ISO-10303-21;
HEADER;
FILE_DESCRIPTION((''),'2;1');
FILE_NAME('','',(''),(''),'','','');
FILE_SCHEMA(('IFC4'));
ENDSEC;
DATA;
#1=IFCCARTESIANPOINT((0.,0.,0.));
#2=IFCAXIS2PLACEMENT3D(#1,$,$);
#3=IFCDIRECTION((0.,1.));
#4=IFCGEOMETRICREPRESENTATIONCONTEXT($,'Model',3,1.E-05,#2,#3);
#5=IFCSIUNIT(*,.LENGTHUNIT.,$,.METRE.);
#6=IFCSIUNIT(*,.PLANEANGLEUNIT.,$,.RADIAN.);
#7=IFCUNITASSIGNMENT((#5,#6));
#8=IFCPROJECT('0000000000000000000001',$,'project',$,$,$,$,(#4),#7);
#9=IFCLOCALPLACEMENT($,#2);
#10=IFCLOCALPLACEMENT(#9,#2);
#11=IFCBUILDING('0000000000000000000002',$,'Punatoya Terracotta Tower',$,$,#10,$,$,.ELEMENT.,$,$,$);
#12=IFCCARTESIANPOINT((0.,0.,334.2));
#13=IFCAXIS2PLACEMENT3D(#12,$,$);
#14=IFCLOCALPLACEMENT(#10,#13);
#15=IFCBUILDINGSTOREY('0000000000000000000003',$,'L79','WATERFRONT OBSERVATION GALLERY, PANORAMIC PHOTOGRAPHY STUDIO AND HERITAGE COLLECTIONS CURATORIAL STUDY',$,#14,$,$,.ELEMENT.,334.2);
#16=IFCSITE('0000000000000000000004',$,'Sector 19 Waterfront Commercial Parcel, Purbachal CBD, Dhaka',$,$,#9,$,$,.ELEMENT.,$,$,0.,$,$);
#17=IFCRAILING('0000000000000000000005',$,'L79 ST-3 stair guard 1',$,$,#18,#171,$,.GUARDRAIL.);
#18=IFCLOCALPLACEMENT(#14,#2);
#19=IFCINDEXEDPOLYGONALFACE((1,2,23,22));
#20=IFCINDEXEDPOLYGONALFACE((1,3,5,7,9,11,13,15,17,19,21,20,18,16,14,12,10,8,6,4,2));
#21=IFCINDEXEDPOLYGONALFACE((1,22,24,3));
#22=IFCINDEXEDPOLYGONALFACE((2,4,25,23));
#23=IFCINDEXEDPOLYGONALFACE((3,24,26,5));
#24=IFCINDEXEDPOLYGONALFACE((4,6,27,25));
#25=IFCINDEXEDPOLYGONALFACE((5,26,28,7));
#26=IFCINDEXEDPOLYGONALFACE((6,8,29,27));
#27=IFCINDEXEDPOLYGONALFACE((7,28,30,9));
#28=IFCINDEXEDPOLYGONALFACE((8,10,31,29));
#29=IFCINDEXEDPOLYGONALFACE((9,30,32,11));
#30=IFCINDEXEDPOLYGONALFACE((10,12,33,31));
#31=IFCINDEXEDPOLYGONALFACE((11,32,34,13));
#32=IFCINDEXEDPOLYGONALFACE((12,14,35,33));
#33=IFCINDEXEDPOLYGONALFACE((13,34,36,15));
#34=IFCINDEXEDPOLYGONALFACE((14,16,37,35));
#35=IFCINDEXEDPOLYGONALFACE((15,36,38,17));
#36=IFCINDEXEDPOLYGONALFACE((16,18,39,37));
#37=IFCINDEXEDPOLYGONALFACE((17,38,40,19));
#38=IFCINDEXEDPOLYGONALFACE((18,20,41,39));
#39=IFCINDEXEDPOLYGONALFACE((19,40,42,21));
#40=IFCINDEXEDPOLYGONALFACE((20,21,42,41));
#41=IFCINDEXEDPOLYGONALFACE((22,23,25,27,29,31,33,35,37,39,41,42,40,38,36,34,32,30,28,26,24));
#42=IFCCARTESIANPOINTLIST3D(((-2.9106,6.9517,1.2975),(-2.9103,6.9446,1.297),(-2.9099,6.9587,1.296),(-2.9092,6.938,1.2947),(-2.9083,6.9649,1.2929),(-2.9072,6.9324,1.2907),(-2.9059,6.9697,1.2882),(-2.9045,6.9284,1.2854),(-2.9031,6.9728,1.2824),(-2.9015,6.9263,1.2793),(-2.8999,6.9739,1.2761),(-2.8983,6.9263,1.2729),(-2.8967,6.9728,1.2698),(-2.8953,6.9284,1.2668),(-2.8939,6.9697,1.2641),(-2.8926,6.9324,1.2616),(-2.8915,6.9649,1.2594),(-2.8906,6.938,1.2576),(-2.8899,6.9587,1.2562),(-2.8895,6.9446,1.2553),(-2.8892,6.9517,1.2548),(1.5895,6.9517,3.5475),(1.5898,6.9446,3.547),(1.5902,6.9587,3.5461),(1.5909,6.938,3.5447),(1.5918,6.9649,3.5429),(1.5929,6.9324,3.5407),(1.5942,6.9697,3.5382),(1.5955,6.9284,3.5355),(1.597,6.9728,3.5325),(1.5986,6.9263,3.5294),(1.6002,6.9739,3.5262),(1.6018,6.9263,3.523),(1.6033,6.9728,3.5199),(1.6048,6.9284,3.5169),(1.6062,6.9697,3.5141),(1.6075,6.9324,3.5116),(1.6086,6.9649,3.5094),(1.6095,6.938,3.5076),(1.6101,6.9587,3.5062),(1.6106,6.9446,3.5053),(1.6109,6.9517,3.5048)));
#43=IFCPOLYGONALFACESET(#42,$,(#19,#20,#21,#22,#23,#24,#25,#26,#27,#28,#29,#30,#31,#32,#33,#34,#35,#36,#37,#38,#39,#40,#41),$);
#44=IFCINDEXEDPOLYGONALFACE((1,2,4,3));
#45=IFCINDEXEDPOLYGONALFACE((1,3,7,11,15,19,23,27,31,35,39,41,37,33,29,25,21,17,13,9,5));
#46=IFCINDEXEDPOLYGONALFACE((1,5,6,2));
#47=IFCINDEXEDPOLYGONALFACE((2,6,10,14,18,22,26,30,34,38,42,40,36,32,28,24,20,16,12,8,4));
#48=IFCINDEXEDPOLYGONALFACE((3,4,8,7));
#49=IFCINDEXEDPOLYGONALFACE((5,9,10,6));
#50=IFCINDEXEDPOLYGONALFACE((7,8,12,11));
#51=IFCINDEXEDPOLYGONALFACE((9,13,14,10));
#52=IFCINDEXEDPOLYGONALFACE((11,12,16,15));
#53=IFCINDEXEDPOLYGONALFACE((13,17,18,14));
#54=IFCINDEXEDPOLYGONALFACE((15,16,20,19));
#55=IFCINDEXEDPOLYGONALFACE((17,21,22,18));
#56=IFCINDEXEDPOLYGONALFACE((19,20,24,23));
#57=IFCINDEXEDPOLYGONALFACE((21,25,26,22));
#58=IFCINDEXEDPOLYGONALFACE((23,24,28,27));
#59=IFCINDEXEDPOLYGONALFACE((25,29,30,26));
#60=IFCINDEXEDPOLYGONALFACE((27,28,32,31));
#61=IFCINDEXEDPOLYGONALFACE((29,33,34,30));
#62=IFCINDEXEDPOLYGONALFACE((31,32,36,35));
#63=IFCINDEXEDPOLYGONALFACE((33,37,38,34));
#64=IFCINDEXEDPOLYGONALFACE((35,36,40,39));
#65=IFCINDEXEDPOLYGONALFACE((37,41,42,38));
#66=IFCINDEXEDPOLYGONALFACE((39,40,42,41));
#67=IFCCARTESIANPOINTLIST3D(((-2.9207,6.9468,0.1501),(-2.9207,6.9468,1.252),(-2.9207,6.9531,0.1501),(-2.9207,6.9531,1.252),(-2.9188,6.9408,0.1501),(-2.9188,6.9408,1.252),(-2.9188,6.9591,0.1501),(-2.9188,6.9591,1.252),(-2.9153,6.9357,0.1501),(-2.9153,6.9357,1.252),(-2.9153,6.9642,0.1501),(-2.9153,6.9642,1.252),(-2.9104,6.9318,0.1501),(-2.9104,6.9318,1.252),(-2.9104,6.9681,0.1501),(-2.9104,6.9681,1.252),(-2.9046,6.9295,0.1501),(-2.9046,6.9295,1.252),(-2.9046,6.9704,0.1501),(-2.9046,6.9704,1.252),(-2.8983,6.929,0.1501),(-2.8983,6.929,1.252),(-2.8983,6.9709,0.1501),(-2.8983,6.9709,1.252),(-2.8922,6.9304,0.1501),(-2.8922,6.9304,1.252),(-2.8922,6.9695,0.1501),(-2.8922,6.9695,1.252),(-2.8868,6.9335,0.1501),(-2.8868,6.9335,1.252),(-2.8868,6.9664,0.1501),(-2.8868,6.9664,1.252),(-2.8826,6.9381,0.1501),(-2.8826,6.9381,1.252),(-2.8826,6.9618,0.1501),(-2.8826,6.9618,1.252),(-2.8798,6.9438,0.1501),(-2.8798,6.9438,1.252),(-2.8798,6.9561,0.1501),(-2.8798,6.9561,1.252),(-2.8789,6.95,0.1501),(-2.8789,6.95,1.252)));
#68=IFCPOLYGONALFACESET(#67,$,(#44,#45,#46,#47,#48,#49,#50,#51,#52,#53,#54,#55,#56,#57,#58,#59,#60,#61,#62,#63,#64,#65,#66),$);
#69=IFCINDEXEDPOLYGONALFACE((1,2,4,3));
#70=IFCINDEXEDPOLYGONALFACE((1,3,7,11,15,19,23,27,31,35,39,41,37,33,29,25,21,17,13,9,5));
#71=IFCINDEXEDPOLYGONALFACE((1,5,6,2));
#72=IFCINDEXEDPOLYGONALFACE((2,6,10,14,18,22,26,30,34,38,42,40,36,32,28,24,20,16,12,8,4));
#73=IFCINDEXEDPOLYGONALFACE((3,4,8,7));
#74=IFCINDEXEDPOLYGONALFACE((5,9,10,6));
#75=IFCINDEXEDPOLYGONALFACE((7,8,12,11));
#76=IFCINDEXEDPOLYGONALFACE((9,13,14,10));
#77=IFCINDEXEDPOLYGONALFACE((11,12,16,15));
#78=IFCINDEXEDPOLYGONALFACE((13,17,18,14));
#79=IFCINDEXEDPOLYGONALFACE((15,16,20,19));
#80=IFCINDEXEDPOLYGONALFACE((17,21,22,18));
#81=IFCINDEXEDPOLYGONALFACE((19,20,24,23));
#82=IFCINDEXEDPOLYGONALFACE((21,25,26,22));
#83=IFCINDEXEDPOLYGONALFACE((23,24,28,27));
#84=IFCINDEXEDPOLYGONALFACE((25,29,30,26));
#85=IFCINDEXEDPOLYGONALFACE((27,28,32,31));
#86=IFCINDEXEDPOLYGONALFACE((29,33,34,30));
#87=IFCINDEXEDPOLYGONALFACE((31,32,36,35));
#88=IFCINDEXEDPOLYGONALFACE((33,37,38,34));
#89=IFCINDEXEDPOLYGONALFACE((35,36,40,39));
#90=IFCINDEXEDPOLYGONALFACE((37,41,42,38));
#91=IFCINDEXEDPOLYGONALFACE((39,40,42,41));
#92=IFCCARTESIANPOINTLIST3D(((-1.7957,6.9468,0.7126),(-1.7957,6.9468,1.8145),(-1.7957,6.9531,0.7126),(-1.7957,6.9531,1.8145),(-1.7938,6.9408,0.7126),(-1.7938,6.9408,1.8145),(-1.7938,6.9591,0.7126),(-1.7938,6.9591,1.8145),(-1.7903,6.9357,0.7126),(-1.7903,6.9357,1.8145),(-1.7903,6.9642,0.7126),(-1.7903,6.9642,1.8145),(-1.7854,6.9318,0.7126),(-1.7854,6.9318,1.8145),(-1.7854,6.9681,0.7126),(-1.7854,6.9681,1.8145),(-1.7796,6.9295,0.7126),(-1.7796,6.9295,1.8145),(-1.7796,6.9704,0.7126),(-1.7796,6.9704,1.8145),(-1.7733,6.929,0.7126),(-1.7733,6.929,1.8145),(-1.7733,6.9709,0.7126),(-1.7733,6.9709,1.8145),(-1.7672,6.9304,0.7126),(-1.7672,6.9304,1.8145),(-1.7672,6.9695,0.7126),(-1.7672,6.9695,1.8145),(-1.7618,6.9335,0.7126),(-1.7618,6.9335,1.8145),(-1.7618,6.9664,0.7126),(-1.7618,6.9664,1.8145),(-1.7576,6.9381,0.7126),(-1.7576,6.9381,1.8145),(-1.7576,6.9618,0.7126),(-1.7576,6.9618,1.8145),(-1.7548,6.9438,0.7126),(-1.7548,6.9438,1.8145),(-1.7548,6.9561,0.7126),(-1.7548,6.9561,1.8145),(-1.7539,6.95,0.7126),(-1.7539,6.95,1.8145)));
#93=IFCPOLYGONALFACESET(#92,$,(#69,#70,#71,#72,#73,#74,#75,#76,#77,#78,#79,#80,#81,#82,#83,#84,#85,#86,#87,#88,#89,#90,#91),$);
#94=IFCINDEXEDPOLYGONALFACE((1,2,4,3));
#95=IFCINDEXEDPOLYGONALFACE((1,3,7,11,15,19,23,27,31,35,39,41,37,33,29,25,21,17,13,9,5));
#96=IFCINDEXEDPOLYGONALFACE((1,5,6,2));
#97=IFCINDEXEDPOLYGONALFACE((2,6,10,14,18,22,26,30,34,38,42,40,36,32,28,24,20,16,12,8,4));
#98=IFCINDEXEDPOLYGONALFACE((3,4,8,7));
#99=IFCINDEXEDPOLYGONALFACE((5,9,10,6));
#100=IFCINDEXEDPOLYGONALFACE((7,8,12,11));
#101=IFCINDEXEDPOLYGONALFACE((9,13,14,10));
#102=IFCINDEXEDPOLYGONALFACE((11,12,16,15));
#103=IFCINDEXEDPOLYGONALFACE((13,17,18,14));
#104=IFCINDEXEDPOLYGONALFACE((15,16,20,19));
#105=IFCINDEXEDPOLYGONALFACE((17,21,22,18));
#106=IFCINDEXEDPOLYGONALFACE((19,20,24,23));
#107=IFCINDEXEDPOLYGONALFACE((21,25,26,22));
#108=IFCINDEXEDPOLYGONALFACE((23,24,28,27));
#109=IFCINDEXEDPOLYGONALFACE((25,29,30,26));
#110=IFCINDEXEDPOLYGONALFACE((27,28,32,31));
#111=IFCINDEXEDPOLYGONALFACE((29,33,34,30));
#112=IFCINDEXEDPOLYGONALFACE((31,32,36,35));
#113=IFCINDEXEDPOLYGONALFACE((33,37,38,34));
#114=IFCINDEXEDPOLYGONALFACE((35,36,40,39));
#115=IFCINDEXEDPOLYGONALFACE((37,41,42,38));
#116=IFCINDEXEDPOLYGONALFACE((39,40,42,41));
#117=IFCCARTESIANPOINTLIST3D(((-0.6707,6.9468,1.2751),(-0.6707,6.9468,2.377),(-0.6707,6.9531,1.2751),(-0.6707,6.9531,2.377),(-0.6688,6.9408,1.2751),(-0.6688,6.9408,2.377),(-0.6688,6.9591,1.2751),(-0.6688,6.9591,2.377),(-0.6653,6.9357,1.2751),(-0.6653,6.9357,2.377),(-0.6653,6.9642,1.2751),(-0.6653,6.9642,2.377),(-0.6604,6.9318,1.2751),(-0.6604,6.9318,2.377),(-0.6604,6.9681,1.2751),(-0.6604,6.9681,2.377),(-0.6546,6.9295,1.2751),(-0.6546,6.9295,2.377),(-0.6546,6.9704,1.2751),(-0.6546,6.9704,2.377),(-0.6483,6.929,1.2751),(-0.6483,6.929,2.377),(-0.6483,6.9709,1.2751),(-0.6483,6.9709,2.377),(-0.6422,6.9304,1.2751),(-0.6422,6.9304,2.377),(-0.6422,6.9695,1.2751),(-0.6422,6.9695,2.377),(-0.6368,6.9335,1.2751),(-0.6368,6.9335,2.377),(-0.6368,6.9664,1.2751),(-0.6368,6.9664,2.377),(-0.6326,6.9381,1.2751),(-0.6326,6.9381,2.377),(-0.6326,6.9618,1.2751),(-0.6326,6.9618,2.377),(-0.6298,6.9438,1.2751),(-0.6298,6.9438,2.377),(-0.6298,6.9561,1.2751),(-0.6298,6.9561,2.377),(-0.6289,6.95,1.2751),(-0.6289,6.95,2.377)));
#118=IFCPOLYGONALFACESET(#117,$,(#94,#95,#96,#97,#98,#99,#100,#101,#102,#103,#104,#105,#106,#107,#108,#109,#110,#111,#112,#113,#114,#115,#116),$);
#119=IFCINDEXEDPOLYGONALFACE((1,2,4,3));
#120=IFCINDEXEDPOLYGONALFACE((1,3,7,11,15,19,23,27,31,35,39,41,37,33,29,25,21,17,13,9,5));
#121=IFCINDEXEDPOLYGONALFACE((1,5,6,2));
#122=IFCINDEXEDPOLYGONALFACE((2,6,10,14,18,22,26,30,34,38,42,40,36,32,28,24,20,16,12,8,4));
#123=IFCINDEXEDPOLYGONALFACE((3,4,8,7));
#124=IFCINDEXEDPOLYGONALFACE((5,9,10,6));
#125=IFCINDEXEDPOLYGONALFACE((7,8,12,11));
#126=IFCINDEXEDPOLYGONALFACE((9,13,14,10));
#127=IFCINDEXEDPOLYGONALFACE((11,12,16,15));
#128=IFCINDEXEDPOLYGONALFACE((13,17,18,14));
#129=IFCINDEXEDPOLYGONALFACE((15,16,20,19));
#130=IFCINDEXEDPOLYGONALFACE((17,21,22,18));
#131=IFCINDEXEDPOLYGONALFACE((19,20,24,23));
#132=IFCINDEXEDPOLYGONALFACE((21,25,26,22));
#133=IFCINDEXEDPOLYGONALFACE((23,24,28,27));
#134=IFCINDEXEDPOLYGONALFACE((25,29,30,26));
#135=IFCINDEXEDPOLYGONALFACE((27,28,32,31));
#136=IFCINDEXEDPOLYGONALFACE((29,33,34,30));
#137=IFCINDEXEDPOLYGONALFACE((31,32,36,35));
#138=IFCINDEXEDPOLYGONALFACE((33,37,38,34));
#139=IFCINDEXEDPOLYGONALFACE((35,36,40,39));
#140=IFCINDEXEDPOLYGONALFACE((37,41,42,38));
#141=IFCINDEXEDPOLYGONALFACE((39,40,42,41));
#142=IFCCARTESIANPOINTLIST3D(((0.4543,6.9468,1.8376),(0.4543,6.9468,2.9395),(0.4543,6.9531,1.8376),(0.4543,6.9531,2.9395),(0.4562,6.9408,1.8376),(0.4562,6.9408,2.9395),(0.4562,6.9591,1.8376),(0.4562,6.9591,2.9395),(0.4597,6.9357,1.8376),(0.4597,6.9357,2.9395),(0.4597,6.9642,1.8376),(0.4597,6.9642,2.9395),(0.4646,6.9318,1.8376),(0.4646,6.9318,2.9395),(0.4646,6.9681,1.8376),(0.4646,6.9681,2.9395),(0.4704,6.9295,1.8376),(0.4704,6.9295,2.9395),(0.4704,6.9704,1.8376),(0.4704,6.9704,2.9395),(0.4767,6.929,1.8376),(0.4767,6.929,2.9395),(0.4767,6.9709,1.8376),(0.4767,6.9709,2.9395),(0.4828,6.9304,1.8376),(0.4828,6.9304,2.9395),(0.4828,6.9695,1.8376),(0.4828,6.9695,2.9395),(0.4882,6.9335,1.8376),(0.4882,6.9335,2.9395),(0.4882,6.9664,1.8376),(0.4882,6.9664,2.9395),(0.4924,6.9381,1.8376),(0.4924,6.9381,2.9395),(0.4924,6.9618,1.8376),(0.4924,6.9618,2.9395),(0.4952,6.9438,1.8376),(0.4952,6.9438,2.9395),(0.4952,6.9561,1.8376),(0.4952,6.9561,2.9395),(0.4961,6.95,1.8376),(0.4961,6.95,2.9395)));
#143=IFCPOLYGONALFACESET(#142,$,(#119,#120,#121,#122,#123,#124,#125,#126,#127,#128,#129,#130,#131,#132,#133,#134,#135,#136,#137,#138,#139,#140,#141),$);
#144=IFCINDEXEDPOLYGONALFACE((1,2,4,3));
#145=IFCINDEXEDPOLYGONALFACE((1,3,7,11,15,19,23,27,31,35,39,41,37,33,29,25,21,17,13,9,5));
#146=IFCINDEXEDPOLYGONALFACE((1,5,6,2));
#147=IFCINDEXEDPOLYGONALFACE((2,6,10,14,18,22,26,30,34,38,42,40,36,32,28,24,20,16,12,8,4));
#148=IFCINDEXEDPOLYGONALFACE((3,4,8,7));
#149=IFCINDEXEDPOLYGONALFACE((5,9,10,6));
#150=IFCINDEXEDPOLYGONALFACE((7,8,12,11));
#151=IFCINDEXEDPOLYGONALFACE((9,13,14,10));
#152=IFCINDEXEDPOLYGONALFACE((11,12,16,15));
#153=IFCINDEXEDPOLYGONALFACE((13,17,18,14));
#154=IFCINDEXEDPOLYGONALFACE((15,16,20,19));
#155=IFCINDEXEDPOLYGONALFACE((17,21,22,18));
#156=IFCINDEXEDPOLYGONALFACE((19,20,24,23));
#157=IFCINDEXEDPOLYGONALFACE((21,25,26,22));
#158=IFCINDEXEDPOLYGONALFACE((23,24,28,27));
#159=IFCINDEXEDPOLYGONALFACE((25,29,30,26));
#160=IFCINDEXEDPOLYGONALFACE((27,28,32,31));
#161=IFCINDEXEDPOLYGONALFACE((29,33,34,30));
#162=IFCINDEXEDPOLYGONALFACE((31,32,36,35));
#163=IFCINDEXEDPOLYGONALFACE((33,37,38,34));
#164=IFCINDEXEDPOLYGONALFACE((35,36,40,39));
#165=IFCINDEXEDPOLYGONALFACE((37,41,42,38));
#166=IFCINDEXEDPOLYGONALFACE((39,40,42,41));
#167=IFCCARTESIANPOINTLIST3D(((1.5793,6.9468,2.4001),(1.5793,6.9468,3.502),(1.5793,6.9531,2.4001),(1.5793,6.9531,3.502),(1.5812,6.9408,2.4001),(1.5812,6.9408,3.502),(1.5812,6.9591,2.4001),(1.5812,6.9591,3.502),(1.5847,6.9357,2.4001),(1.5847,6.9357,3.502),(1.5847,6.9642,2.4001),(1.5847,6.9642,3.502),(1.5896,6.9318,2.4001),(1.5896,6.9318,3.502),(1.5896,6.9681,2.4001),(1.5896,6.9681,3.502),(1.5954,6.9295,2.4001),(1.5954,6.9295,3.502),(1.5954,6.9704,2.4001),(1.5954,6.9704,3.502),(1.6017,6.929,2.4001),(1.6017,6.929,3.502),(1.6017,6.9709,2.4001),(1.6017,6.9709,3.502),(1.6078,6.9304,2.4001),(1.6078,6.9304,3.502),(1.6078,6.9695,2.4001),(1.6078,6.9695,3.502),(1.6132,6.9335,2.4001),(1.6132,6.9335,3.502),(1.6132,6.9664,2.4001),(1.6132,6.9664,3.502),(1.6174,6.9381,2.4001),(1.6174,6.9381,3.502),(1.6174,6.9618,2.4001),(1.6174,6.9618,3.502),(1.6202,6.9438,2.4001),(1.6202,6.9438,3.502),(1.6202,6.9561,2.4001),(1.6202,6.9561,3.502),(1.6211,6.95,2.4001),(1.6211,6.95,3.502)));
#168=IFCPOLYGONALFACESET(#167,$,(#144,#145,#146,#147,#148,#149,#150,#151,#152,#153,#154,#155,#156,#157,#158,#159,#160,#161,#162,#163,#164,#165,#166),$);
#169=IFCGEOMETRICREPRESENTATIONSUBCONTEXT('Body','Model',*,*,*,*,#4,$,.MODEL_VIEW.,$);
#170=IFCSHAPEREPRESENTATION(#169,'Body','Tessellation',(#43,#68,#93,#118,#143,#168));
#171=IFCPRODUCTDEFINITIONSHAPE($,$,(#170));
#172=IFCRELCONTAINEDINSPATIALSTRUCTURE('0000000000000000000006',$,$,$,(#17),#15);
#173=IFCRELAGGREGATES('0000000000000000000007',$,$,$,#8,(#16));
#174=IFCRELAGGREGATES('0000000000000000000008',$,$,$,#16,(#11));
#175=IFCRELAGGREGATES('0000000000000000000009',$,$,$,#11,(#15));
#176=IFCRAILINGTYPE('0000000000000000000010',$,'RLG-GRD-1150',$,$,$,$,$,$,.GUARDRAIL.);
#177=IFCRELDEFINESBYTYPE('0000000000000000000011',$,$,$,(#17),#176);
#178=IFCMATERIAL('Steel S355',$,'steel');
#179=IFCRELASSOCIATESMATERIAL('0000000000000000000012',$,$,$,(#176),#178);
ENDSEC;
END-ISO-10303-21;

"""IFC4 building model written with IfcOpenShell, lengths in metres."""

from ifc_helpers import new_model, si_unit, direction, frame, origin, origin_2d, place, context, subcontext, project, spatial, circle, extrude, material, type_object, element, save


model = new_model("IFC4")

# Units and contexts
model_context = context("Model", 3, precision=1e-05, world=origin(), true_north=direction((0.0, 1.0)))
body_context = subcontext(model_context, "Body", "Model", "MODEL_VIEW")
ifc_project = project(units=[si_unit("LENGTHUNIT", "METRE"), si_unit("PLANEANGLEUNIT", "RADIAN")], contexts=[model_context])

# Site, building, storey
site_placement = place(None, origin())
site = spatial("IfcSite", under=ifc_project, at=site_placement, Name="Sector 19 Waterfront Commercial Parcel, Purbachal CBD, Dhaka", CompositionType="ELEMENT", RefElevation=0.0)
building_placement = place(site_placement, origin())
building = spatial("IfcBuilding", under=site, at=building_placement, Name="Punatoya Terracotta Tower", CompositionType="ELEMENT")
storey_placement = place(building_placement, frame((0.0, 0.0, 334.2)))
storey = spatial("IfcBuildingStorey", under=building, at=storey_placement, Name="L79", Description="WATERFRONT OBSERVATION GALLERY, PANORAMIC PHOTOGRAPHY STUDIO AND HERITAGE COLLECTIONS CURATORIAL STUDY", CompositionType="ELEMENT", Elevation=334.2)

# Shared definitions
ifc_material_1 = material(Name="Steel S355", Category="steel")

# Railing
railing_type_1 = type_object("IfcRailingType", Name="RLG-GRD-1150", PredefinedType="GUARDRAIL", material=ifc_material_1)
railing_1_placement = place(storey_placement, frame((-2.8999, 6.95, 0.1501)))
element("IfcRailing", 1, at=railing_1_placement, inside=storey, type_object=railing_type_1, Name="L79 ST-3 stair guard 1", PredefinedType="GUARDRAIL", context=body_context, shape_type="SweptSolid", body=[
    extrude(circle(Radius=0.0239, at=origin_2d()), frame((0.0, 0.0, 1.126), z_axis=(0.894427, 0.0, 0.447214), x_axis=(0.0, 1.0, 0.0)), (0.0, 0.0, 1.0), 5.0312),
    extrude(circle(Radius=0.021, at=origin_2d()), origin(), (0.0, 0.0, 1.0), 1.1018),
    extrude(circle(Radius=0.021, at=origin_2d()), frame((1.125, 0.0, 0.5625)), (0.0, 0.0, 1.0), 1.1018),
    extrude(circle(Radius=0.021, at=origin_2d()), frame((2.25, 0.0, 1.125)), (0.0, 0.0, 1.0), 1.1018),
    extrude(circle(Radius=0.021, at=origin_2d()), frame((3.375, 0.0, 1.6875)), (0.0, 0.0, 1.0), 1.1018),
    extrude(circle(Radius=0.021, at=origin_2d()), frame((4.5, 0.0, 2.25)), (0.0, 0.0, 1.0), 1.1018),
])

save(model, "model.ifc")
